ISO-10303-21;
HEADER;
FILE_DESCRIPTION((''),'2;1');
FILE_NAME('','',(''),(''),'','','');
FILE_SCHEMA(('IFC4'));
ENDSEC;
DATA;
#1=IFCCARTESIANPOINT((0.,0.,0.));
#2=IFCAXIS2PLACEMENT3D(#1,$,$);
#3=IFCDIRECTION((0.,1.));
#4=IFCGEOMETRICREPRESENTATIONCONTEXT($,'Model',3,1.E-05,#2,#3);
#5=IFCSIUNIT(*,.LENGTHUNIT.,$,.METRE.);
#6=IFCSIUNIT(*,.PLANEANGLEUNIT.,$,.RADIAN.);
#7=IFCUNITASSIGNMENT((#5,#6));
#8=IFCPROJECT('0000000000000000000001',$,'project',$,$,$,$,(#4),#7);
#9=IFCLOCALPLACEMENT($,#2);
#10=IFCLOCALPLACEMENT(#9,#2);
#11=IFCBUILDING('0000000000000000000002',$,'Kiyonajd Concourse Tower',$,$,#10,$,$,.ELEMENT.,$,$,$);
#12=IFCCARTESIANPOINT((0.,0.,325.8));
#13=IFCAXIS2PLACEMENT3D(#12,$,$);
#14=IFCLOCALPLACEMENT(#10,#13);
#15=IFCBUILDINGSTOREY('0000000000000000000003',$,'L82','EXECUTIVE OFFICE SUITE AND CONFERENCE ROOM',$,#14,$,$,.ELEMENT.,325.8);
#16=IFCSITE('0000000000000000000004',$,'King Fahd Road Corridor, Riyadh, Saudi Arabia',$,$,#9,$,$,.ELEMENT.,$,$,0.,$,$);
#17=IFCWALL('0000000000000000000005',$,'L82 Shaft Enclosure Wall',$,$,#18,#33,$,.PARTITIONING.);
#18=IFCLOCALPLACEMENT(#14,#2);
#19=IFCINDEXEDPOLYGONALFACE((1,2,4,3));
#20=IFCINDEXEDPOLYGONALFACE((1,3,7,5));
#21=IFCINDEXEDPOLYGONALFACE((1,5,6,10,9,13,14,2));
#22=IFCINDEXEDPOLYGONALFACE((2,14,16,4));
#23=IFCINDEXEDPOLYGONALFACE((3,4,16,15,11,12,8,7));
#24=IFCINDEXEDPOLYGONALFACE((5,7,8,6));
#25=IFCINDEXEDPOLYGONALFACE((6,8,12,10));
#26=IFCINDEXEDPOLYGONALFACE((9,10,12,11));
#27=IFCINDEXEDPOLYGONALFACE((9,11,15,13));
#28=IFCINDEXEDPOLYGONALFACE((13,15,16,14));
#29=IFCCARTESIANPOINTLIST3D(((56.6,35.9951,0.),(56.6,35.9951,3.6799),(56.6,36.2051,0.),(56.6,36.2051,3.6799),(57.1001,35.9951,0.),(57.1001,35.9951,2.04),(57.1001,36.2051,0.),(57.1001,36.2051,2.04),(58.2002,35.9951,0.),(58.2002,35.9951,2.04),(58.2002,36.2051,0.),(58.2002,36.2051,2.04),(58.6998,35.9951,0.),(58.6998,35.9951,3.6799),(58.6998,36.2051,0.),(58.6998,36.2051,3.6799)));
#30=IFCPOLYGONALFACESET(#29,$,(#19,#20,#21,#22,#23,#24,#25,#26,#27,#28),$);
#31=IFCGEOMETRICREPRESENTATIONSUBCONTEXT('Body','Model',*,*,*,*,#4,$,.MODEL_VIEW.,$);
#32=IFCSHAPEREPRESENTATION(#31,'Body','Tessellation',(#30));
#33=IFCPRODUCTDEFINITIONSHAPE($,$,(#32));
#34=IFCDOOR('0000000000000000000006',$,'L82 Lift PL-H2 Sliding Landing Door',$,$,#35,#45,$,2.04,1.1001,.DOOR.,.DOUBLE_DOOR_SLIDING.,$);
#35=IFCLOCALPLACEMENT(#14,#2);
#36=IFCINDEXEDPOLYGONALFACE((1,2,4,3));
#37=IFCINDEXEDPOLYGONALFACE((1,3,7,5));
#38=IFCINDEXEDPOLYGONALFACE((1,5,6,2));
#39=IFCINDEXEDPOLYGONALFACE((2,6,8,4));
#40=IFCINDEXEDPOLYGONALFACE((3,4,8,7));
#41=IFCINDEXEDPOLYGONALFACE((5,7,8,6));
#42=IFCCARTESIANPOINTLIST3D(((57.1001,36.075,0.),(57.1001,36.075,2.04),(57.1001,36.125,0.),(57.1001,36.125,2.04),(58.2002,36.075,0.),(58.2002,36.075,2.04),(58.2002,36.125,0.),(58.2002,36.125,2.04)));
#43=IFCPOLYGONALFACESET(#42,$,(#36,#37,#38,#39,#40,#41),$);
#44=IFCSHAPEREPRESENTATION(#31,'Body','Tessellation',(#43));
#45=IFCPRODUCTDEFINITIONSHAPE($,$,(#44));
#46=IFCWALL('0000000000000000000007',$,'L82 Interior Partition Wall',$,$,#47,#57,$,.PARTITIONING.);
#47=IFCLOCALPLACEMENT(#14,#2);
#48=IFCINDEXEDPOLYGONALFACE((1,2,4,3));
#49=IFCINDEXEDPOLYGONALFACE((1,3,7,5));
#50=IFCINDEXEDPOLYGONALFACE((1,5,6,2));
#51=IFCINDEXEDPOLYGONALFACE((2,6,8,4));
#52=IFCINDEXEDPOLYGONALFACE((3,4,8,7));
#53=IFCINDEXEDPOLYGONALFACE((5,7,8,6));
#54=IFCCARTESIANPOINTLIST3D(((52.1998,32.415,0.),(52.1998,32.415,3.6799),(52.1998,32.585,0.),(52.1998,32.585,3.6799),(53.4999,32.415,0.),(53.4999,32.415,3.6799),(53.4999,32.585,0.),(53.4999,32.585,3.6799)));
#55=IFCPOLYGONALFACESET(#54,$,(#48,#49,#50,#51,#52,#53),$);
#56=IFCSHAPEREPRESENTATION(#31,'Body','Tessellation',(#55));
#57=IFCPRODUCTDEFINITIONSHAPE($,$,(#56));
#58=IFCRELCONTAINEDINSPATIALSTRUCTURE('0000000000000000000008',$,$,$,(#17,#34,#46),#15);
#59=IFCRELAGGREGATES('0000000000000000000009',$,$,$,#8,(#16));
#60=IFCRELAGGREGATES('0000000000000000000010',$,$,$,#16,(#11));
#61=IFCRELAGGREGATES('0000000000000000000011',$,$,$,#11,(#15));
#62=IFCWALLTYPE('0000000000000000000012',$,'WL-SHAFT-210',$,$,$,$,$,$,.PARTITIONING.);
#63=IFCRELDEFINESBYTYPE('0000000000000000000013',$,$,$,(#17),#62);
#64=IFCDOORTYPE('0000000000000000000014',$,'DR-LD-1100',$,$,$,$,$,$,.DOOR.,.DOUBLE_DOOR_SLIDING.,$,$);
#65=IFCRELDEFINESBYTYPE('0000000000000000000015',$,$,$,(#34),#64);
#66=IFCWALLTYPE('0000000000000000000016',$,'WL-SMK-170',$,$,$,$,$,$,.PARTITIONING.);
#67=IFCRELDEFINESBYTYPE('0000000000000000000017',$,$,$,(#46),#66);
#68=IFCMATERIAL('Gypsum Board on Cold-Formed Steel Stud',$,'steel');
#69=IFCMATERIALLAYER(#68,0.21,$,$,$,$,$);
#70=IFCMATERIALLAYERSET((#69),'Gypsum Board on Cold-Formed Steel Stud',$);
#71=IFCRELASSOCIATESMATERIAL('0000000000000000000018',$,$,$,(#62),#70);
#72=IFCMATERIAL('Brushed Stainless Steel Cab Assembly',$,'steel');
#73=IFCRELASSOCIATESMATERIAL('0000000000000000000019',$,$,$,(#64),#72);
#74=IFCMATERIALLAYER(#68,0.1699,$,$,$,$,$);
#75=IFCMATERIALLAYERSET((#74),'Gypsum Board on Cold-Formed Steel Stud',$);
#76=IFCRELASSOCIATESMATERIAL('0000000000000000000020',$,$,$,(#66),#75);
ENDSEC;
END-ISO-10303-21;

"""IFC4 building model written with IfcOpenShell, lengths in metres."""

from ifc_helpers import new_model, si_unit, direction, frame, frame_2d, origin, place, context, subcontext, project, spatial, rectangle, extrude, material, layer, layer_set, type_object, element, fill, save


model = new_model("IFC4")

# Units and contexts
model_context = context("Model", 3, precision=1e-05, world=origin(), true_north=direction((0.0, 1.0)))
body_context = subcontext(model_context, "Body", "Model", "MODEL_VIEW")
ifc_project = project(units=[si_unit("LENGTHUNIT", "METRE"), si_unit("PLANEANGLEUNIT", "RADIAN")], contexts=[model_context])

# Site, building, storey
site_placement = place(None, origin())
site = spatial("IfcSite", under=ifc_project, at=site_placement, Name="King Fahd Road Corridor, Riyadh, Saudi Arabia", CompositionType="ELEMENT", RefElevation=0.0)
building_placement = place(site_placement, origin())
building = spatial("IfcBuilding", under=site, at=building_placement, Name="Kiyonajd Concourse Tower", CompositionType="ELEMENT")
storey_placement = place(building_placement, frame((0.0, 0.0, 325.8)))
storey = spatial("IfcBuildingStorey", under=building, at=storey_placement, Name="L82", Description="EXECUTIVE OFFICE SUITE AND CONFERENCE ROOM", CompositionType="ELEMENT", Elevation=325.8)

# Shared definitions
ifc_material_1 = material(Name="Gypsum Board on Cold-Formed Steel Stud", Category="steel")
ifc_layer_1 = layer(ifc_material_1, 0.21)
ifc_layer_set_1 = layer_set([ifc_layer_1], Name="Gypsum Board on Cold-Formed Steel Stud")
wall_type_1 = type_object("IfcWallType", Name="WL-SHAFT-210", PredefinedType="PARTITIONING", material=ifc_layer_set_1)
ifc_material_2 = material(Name="Brushed Stainless Steel Cab Assembly", Category="steel")

# Shared definitions
door_type_1 = type_object("IfcDoorType", Name="DR-LD-1100", OperationType="DOUBLE_DOOR_SLIDING", PredefinedType="DOOR", material=ifc_material_2)

# Wall, opening, door
wall_1_placement = place(storey_placement, frame((56.6001, 36.1001, 0.0), z_axis=(0.0, 0.0, 1.0), x_axis=(1.0, 0.0, 0.0)))
wall_1 = element("IfcWall", 1, at=wall_1_placement, inside=storey, type_object=wall_type_1, Name="L82 Shaft Enclosure Wall", PredefinedType="PARTITIONING", context=body_context, shape_type="SweptSolid", body=[
    extrude(rectangle(XDim=2.0999, YDim=0.21, at=frame_2d((1.0498, 0.0))), origin(), (0.0, 0.0, 1.0), 3.6799),
])
opening_1_placement = place(wall_1_placement, frame((0.5, 0.0, 0.0)))
opening_1 = element("IfcOpeningElement", 2, at=opening_1_placement, cuts=wall_1, PredefinedType="OPENING", context=body_context, shape_type="SweptSolid", body=[
    extrude(rectangle(XDim=1.1001, YDim=2.04, at=frame_2d((0.55, 1.02))), frame((0.0, 0.115, 0.0), z_axis=(0.0, -1.0, 0.0), x_axis=(1.0, 0.0, 0.0)), (0.0, 0.0, 1.0), 0.23),
])
door_1_placement = place(opening_1_placement, origin())
door_1 = element("IfcDoor", 3, at=door_1_placement, inside=storey, type_object=door_type_1, Name="L82 Lift PL-H2 Sliding Landing Door", OperationType="DOUBLE_DOOR_SLIDING", OverallHeight=2.04, OverallWidth=1.1001, PredefinedType="DOOR", context=body_context, shape_type="SweptSolid", body=[
    extrude(rectangle(XDim=1.1001, YDim=2.04, at=frame_2d((0.55, 1.02))), frame((0.0, 0.0249, 0.0), z_axis=(0.0, -1.0, 0.0), x_axis=(1.0, 0.0, 0.0)), (0.0, 0.0, 1.0), 0.05),
])
fill(opening_1, door_1)

# Wall
ifc_layer_2 = layer(ifc_material_1, 0.1699)
ifc_layer_set_2 = layer_set([ifc_layer_2], Name="Gypsum Board on Cold-Formed Steel Stud")
wall_type_2 = type_object("IfcWallType", Name="WL-SMK-170", PredefinedType="PARTITIONING", material=ifc_layer_set_2)
wall_2_placement = place(storey_placement, frame((52.2, 32.5, 0.0), z_axis=(0.0, 0.0, 1.0), x_axis=(1.0, 0.0, 0.0)))
element("IfcWall", 4, at=wall_2_placement, inside=storey, type_object=wall_type_2, Name="L82 Interior Partition Wall", PredefinedType="PARTITIONING", context=body_context, shape_type="SweptSolid", body=[
    extrude(rectangle(XDim=1.3, YDim=0.1699, at=frame_2d((0.6499, 0.0))), origin(), (0.0, 0.0, 1.0), 3.6799),
])

save(model, "model.ifc")
